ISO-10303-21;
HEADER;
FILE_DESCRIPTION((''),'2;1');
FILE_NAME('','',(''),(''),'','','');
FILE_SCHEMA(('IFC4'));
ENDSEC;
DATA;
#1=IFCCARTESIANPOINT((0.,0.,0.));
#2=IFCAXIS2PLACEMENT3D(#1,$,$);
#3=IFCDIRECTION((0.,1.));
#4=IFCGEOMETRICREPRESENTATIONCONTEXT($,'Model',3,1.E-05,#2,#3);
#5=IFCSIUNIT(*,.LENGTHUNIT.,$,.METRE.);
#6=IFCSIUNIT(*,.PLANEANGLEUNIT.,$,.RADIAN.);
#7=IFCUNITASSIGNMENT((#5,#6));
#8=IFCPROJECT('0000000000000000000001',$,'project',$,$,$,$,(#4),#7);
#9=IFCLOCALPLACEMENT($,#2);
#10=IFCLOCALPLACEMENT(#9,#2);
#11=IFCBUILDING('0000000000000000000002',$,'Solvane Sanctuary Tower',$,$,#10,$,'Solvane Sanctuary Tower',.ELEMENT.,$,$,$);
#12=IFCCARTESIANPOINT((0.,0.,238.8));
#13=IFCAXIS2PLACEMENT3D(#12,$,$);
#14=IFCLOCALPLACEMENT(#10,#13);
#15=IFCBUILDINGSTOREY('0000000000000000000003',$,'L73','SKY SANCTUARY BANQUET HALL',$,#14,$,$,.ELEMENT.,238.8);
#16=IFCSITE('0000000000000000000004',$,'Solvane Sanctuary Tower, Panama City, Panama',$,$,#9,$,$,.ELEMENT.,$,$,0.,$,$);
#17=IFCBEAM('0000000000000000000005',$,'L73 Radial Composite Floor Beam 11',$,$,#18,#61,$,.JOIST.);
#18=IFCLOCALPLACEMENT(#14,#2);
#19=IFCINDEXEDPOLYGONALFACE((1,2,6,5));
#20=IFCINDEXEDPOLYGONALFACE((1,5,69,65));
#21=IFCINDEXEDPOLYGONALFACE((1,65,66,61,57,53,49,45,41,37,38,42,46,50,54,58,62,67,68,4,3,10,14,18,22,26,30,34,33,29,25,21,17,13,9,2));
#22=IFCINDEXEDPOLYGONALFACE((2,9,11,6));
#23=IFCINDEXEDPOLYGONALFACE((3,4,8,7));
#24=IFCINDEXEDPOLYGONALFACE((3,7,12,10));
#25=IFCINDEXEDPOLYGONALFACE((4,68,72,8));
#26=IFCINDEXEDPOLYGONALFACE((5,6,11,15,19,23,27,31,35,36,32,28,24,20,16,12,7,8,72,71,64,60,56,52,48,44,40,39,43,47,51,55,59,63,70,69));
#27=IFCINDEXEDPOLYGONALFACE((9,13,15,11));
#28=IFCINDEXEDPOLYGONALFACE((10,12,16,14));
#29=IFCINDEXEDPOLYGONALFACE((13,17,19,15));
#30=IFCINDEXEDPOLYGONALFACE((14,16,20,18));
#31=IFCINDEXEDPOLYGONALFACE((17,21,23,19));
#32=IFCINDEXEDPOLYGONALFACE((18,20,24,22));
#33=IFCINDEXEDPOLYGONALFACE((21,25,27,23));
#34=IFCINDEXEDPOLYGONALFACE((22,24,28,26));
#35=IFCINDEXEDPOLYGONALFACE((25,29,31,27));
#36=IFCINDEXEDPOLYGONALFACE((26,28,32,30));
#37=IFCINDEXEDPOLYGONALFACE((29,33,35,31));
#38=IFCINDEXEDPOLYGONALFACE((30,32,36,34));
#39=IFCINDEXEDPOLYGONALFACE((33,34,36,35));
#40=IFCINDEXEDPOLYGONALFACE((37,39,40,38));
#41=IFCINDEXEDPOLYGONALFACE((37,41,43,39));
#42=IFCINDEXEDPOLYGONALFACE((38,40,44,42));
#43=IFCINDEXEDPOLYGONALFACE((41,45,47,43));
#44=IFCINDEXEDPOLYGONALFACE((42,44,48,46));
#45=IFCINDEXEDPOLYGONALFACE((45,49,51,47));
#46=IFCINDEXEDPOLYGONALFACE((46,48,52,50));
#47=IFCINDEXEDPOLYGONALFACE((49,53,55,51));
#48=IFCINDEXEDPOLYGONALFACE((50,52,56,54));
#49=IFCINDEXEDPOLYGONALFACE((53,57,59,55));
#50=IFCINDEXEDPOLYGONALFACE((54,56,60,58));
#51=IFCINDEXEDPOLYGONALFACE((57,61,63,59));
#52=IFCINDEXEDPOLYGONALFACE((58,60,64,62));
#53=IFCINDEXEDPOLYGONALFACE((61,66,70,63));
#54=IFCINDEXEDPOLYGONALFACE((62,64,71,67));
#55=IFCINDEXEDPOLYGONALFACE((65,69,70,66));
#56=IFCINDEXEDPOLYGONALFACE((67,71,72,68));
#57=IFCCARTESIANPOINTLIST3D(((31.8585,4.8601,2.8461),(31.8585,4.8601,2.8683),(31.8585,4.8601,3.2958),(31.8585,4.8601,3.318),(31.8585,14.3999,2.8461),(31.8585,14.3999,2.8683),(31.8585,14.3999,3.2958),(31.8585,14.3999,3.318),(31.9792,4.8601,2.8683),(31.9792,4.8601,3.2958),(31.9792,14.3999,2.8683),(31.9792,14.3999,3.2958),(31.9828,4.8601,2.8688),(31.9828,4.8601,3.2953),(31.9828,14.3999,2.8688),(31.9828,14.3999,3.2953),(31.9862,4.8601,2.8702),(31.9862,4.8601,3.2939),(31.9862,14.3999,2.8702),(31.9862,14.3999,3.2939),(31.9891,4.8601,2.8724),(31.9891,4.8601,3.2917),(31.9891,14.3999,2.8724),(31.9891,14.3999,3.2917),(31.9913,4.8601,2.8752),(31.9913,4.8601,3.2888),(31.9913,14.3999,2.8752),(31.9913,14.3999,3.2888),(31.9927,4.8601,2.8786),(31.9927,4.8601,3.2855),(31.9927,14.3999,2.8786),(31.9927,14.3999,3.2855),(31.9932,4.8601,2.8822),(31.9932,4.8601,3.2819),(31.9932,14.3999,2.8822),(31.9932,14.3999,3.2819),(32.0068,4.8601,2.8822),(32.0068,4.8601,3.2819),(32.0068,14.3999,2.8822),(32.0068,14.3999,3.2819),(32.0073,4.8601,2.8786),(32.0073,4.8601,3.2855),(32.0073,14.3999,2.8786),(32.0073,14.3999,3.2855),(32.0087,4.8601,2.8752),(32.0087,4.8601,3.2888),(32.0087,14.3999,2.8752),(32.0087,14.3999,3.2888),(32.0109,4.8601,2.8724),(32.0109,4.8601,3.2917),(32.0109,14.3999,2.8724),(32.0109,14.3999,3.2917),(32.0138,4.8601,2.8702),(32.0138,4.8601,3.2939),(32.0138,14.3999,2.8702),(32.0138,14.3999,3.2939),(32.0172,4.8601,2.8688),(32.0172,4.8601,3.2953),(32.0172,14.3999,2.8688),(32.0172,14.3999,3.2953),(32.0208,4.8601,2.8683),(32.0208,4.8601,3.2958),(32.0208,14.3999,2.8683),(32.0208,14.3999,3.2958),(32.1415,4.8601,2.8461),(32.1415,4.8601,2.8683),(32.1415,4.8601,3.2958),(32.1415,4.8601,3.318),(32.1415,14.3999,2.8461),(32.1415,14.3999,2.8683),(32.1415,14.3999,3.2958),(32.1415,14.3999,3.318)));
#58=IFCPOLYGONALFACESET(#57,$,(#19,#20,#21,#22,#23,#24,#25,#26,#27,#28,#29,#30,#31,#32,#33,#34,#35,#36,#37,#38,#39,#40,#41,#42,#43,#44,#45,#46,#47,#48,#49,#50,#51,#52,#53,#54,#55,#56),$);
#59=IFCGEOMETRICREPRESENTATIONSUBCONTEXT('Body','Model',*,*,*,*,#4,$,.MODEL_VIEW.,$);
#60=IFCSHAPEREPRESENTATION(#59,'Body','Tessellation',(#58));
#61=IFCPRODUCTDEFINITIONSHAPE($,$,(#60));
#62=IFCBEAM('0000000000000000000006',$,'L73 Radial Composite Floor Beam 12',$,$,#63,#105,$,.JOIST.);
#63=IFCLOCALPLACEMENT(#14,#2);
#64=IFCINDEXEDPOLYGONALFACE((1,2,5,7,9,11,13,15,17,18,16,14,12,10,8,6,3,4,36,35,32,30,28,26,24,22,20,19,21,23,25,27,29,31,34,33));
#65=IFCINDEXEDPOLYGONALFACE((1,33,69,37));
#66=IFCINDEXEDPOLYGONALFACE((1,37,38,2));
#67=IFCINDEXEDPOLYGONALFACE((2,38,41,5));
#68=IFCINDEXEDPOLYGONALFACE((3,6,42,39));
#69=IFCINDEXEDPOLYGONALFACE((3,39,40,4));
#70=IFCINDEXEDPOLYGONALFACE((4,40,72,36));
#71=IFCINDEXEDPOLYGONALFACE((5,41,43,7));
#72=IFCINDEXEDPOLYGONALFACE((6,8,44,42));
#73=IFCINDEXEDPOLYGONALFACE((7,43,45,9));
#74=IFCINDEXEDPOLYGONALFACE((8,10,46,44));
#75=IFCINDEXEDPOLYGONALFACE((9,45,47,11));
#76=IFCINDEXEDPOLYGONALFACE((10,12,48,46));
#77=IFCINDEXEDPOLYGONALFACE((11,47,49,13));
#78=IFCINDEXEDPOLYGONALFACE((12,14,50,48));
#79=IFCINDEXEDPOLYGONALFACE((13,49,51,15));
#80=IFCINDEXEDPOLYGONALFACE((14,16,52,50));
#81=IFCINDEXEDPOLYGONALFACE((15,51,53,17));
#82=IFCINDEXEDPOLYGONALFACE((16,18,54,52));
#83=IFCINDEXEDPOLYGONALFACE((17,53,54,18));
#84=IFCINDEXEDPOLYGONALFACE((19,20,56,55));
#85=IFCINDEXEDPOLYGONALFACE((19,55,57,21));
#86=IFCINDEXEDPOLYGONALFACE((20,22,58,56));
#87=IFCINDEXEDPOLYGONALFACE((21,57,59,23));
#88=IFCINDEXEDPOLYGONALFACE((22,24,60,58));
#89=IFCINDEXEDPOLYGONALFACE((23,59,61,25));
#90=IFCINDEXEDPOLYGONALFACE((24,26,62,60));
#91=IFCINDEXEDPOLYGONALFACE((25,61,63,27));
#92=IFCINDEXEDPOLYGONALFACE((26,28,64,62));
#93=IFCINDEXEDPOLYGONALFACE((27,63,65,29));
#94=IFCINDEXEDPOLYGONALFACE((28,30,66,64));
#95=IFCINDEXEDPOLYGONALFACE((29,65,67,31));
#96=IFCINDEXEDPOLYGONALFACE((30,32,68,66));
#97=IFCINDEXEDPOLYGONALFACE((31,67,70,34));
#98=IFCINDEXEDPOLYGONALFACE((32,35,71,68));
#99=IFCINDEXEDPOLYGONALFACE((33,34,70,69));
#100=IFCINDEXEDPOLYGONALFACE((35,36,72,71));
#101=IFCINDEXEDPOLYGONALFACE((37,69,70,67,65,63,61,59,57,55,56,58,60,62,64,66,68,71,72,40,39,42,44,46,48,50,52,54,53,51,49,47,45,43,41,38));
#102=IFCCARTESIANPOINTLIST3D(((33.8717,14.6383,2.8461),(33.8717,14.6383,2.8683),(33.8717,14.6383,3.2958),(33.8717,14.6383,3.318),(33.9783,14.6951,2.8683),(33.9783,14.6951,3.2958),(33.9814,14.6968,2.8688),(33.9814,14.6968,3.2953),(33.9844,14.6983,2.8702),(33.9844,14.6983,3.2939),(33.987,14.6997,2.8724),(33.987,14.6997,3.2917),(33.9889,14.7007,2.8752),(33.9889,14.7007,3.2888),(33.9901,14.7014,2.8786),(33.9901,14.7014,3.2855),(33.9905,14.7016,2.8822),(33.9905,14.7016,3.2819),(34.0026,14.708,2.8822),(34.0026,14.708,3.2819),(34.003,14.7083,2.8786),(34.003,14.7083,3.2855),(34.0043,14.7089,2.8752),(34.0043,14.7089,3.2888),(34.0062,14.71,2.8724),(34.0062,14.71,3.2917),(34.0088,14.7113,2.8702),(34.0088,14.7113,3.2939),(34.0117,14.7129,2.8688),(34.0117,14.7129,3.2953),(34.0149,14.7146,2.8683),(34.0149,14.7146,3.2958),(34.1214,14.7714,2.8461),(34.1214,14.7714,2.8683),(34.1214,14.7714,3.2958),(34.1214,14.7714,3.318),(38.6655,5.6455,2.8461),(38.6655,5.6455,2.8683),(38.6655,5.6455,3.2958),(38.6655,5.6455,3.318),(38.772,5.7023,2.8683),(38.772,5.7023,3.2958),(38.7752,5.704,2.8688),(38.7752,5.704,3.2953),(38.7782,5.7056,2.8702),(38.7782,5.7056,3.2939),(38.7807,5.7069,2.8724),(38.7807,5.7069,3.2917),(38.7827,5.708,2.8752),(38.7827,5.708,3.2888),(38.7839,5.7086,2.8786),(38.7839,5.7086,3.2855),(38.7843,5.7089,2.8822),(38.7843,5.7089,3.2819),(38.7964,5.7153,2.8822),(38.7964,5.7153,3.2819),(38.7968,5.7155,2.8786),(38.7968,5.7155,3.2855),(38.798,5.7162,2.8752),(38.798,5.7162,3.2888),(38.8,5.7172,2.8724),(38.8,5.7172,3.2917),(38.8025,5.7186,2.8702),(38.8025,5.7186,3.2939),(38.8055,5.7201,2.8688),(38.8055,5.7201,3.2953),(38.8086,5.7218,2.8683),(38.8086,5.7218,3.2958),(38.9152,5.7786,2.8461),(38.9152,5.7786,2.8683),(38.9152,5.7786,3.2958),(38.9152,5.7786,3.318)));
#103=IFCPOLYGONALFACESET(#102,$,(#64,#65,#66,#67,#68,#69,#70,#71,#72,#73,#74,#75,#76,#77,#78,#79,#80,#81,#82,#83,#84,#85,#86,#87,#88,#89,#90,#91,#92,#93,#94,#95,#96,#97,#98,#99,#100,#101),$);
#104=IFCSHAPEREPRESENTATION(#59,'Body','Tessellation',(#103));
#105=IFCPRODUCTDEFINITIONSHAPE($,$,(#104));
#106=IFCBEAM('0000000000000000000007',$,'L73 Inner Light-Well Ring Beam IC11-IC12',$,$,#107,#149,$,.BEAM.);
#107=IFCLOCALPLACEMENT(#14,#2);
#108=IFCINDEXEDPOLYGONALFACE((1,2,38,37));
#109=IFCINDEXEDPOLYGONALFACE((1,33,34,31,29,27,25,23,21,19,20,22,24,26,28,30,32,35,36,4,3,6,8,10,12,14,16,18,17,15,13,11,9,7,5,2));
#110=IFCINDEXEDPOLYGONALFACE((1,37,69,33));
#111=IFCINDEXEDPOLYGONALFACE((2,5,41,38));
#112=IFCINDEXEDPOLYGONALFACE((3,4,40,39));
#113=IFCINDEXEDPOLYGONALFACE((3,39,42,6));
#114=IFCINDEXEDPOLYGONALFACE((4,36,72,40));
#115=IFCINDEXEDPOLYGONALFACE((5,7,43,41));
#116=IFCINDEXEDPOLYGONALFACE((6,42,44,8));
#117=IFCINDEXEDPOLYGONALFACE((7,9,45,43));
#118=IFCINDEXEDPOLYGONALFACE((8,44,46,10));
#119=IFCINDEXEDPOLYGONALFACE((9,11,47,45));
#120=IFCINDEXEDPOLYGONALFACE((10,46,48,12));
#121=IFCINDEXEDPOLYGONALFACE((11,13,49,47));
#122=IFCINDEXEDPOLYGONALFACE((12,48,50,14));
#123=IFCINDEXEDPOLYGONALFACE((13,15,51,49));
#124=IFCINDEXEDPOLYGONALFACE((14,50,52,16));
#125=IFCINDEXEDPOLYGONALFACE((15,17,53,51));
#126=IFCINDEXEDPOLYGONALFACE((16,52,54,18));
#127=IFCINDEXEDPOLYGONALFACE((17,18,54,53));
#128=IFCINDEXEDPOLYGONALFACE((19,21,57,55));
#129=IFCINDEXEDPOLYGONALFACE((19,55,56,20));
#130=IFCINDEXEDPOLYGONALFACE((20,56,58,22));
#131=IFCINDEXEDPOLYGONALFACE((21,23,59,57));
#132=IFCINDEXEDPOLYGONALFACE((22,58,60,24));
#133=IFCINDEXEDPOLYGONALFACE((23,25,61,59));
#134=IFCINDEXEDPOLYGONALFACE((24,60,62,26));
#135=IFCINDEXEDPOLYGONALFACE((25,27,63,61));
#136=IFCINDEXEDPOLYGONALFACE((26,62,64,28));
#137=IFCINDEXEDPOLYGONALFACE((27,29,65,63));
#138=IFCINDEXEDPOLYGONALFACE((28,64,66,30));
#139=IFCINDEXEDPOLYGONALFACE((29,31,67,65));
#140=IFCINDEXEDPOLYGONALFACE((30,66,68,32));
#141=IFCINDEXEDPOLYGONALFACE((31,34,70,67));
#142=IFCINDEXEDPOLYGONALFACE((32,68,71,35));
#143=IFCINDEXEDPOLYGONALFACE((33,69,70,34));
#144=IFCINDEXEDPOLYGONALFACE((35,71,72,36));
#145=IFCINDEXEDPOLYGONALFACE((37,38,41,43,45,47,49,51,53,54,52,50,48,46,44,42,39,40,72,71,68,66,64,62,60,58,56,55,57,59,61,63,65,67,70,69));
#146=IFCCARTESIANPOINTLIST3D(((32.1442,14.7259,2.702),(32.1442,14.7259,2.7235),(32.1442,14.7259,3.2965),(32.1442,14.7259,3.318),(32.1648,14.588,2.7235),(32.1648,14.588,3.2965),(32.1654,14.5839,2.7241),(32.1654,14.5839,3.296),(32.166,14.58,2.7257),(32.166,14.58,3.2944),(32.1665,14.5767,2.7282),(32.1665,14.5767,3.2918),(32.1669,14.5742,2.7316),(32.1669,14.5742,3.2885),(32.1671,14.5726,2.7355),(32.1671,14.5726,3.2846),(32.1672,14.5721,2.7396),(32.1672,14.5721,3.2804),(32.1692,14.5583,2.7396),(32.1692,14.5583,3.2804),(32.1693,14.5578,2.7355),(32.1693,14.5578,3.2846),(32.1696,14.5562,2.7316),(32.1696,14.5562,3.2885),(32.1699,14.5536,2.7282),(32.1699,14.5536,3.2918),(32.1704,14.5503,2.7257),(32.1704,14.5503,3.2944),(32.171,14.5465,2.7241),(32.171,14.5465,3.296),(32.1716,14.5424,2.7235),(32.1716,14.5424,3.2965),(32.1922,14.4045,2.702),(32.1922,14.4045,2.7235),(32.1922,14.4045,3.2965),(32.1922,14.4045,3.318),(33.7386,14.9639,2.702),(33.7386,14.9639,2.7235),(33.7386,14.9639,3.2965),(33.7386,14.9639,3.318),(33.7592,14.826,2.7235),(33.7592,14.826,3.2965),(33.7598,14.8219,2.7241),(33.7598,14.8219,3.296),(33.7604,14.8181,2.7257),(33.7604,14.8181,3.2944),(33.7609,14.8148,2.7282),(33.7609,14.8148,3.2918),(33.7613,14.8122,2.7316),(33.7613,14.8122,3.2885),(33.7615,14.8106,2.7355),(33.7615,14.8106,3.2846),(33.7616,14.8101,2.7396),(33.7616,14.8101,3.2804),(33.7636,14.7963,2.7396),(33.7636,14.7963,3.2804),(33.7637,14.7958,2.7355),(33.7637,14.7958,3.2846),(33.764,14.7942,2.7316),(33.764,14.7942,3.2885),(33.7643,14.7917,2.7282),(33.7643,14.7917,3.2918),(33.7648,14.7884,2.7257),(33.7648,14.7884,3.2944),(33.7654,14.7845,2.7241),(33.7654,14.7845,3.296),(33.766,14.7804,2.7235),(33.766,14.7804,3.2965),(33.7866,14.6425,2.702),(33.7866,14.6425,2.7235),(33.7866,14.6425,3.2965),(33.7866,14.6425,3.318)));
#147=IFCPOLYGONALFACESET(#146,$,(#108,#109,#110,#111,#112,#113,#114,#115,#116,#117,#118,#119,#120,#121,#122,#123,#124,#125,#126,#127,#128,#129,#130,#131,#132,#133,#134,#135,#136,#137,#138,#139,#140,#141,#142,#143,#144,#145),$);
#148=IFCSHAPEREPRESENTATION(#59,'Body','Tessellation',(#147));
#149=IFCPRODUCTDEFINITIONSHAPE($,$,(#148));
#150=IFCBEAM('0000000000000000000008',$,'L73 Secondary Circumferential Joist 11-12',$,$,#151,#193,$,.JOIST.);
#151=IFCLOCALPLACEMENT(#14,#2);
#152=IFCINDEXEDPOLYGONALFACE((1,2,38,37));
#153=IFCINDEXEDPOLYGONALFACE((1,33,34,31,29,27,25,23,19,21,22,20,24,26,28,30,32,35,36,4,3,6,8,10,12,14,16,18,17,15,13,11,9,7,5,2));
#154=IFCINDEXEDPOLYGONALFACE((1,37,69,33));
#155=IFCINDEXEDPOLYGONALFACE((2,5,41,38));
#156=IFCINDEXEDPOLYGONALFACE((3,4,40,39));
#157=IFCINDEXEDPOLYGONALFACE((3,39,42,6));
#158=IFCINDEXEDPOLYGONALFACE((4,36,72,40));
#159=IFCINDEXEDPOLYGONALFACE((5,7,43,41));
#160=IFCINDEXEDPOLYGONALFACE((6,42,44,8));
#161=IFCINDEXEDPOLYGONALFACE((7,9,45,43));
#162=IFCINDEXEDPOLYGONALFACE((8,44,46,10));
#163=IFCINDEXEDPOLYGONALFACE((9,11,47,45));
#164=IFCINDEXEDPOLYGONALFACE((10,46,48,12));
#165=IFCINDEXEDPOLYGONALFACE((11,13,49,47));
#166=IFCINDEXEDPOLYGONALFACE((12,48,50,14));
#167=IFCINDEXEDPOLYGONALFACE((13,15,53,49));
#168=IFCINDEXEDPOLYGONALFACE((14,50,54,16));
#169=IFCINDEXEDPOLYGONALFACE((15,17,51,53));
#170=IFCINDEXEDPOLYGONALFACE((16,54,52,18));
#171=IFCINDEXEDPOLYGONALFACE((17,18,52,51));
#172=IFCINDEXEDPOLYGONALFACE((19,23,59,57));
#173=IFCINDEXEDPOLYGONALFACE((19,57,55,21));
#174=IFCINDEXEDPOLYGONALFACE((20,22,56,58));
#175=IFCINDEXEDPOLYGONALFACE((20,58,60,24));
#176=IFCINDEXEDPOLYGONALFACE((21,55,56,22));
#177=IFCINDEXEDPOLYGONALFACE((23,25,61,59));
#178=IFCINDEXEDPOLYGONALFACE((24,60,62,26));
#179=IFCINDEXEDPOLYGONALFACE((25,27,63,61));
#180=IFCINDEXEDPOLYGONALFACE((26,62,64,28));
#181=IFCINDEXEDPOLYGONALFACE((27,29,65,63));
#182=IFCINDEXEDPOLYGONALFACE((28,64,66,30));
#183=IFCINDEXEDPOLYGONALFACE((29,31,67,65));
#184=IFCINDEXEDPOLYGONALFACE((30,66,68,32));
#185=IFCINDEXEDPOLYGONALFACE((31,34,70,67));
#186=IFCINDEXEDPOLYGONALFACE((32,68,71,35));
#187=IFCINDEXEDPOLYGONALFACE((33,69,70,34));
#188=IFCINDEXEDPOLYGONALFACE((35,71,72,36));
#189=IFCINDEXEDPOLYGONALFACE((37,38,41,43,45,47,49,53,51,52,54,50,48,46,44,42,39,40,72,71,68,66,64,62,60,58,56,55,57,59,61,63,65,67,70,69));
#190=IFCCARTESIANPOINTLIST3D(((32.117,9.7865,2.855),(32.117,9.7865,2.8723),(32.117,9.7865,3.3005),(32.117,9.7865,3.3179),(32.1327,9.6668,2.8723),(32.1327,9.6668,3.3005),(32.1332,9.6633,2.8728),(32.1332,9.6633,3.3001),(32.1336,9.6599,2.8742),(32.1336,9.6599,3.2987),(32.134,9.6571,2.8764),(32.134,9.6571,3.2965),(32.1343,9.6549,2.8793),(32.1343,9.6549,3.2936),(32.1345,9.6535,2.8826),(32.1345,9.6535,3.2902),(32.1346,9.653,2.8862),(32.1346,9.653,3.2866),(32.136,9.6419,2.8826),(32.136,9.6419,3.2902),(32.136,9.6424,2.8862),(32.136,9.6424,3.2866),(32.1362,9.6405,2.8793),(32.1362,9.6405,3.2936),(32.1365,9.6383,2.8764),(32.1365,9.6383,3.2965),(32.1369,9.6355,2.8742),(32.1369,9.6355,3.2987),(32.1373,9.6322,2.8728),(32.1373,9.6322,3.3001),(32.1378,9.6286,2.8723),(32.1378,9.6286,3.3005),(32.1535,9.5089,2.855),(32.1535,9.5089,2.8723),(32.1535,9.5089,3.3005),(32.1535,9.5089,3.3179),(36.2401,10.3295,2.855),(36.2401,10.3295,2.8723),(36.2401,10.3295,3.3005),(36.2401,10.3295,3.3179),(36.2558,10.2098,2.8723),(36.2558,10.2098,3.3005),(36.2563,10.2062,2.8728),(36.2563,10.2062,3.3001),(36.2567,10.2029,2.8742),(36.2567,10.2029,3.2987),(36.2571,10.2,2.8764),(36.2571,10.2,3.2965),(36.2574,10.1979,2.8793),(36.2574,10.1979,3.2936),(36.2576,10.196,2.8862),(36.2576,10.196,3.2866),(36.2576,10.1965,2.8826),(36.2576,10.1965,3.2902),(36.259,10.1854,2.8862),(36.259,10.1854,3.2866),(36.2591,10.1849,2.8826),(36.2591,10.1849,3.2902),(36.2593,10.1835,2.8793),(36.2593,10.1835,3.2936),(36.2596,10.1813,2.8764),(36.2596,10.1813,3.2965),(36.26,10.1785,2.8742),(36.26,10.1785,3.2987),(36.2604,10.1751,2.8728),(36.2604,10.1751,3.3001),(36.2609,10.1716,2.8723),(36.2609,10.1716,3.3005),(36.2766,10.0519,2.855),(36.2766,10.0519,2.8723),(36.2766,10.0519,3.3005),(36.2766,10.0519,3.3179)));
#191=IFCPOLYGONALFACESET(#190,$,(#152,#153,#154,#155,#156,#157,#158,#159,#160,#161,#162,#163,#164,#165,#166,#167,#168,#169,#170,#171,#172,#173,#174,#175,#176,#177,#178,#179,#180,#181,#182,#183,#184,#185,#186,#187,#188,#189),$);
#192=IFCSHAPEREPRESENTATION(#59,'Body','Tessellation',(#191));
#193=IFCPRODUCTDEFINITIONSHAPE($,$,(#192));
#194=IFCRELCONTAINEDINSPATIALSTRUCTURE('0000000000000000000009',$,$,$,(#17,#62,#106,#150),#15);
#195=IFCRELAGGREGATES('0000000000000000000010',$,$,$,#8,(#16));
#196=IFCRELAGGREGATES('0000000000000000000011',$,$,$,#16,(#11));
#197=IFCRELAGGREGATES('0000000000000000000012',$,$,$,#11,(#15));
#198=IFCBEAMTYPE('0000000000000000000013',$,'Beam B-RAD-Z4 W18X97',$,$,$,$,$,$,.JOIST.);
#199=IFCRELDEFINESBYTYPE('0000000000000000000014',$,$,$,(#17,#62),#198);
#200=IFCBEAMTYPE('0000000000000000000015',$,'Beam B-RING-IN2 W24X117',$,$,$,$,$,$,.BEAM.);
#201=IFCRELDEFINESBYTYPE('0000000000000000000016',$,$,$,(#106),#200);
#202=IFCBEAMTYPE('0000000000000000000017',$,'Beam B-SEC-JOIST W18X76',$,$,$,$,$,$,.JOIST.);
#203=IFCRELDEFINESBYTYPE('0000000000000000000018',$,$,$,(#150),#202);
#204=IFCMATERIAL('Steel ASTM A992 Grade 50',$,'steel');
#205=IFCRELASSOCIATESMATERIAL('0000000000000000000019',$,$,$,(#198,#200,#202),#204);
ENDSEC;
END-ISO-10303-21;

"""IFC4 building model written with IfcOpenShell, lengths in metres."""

from ifc_helpers import new_model, si_unit, direction, frame, origin, origin_2d, place, context, subcontext, project, spatial, i_section, extrude, material, material_profile, profile_set, type_object, element, save


model = new_model("IFC4")

# Units and contexts
model_context = context("Model", 3, precision=1e-05, world=origin(), true_north=direction((0.0, 1.0)))
body_context = subcontext(model_context, "Body", "Model", "MODEL_VIEW")
ifc_project = project(units=[si_unit("LENGTHUNIT", "METRE"), si_unit("PLANEANGLEUNIT", "RADIAN")], contexts=[model_context])

# Site, building, storey
site_placement = place(None, origin())
site = spatial("IfcSite", under=ifc_project, at=site_placement, Name="Solvane Sanctuary Tower, Panama City, Panama", CompositionType="ELEMENT", RefElevation=0.0)
building_placement = place(site_placement, origin())
building = spatial("IfcBuilding", under=site, at=building_placement, Name="Solvane Sanctuary Tower", LongName="Solvane Sanctuary Tower", CompositionType="ELEMENT")
storey_placement = place(building_placement, frame((0.0, 0.0, 238.8)))
storey = spatial("IfcBuildingStorey", under=building, at=storey_placement, Name="L73", Description="SKY SANCTUARY BANQUET HALL", CompositionType="ELEMENT", Elevation=238.8)

# Beams
ifc_material_1 = material(Name="Steel ASTM A992 Grade 50", Category="steel")
ifc_material_profile_1 = material_profile(ifc_material_1, i_section(OverallWidth=0.283, OverallDepth=0.4719, WebThickness=0.0137, FlangeThickness=0.0222, FilletRadius=0.0139, at=origin_2d()), Name="W18X97")
ifc_profile_set_1 = profile_set([ifc_material_profile_1], Name="Steel ASTM A992 Grade 50")
beam_type_1 = type_object("IfcBeamType", Name="Beam B-RAD-Z4 W18X97", PredefinedType="JOIST", material=ifc_profile_set_1)
beam_1_placement = place(storey_placement, frame((32.0, 14.3999, 3.082), z_axis=(0.0, -1.0, 0.0), x_axis=(1.0, 0.0, 0.0)))
element("IfcBeam", 1, at=beam_1_placement, inside=storey, type_object=beam_type_1, Name="L73 Radial Composite Floor Beam 11", PredefinedType="JOIST", context=body_context, shape_type="SweptSolid", body=[
    extrude(i_section(OverallWidth=0.283, OverallDepth=0.4719, WebThickness=0.0137, FlangeThickness=0.0222, FilletRadius=0.0139, at=origin_2d()), origin(), (0.0, 0.0, 1.0), 9.5398),
])
beam_2_placement = place(storey_placement, frame((33.9966, 14.7048, 3.082), z_axis=(0.470405, -0.88245, 0.0), x_axis=(0.88245, 0.470405, 0.0)))
element("IfcBeam", 2, at=beam_2_placement, inside=storey, type_object=beam_type_1, Name="L73 Radial Composite Floor Beam 12", PredefinedType="JOIST", context=body_context, shape_type="SweptSolid", body=[
    extrude(i_section(OverallWidth=0.283, OverallDepth=0.4719, WebThickness=0.0137, FlangeThickness=0.0222, FilletRadius=0.0139, at=origin_2d()), origin(), (0.0, 0.0, 1.0), 10.1907),
])
ifc_material_profile_2 = material_profile(ifc_material_1, i_section(OverallWidth=0.325, OverallDepth=0.616, WebThickness=0.0139, FlangeThickness=0.0215, FilletRadius=0.0161, at=origin_2d()), Name="W24X117")
ifc_profile_set_2 = profile_set([ifc_material_profile_2], Name="Steel ASTM A992 Grade 50")
beam_type_2 = type_object("IfcBeamType", Name="Beam B-RING-IN2 W24X117", PredefinedType="BEAM", material=ifc_profile_set_2)
beam_3_placement = place(storey_placement, frame((32.1682, 14.5652, 3.01), z_axis=(0.989039, 0.147652, 0.0), x_axis=(-0.147652, 0.989039, 0.0)))
element("IfcBeam", 3, at=beam_3_placement, inside=storey, type_object=beam_type_2, Name="L73 Inner Light-Well Ring Beam IC11-IC12", PredefinedType="BEAM", context=body_context, shape_type="SweptSolid", body=[
    extrude(i_section(OverallWidth=0.325, OverallDepth=0.616, WebThickness=0.0139, FlangeThickness=0.0215, FilletRadius=0.0161, at=origin_2d()), origin(), (0.0, 0.0, 1.0), 1.6121),
])
ifc_material_profile_3 = material_profile(ifc_material_1, i_section(OverallWidth=0.28, OverallDepth=0.4629, WebThickness=0.0107, FlangeThickness=0.0173, FilletRadius=0.0139, at=origin_2d()), Name="W18X76")
ifc_profile_set_3 = profile_set([ifc_material_profile_3], Name="Steel ASTM A992 Grade 50")
beam_type_3 = type_object("IfcBeamType", Name="Beam B-SEC-JOIST W18X76", PredefinedType="JOIST", material=ifc_profile_set_3)
beam_4_placement = place(storey_placement, frame((32.1353, 9.6477, 3.0864), z_axis=(0.99144, 0.130564, 0.0), x_axis=(-0.130564, 0.99144, 0.0)))
element("IfcBeam", 4, at=beam_4_placement, inside=storey, type_object=beam_type_3, Name="L73 Secondary Circumferential Joist 11-12", PredefinedType="JOIST", context=body_context, shape_type="SweptSolid", body=[
    extrude(i_section(OverallWidth=0.28, OverallDepth=0.4629, WebThickness=0.0107, FlangeThickness=0.0173, FilletRadius=0.0139, at=origin_2d()), origin(), (0.0, 0.0, 1.0), 4.1587),
])

save(model, "model.ifc")
